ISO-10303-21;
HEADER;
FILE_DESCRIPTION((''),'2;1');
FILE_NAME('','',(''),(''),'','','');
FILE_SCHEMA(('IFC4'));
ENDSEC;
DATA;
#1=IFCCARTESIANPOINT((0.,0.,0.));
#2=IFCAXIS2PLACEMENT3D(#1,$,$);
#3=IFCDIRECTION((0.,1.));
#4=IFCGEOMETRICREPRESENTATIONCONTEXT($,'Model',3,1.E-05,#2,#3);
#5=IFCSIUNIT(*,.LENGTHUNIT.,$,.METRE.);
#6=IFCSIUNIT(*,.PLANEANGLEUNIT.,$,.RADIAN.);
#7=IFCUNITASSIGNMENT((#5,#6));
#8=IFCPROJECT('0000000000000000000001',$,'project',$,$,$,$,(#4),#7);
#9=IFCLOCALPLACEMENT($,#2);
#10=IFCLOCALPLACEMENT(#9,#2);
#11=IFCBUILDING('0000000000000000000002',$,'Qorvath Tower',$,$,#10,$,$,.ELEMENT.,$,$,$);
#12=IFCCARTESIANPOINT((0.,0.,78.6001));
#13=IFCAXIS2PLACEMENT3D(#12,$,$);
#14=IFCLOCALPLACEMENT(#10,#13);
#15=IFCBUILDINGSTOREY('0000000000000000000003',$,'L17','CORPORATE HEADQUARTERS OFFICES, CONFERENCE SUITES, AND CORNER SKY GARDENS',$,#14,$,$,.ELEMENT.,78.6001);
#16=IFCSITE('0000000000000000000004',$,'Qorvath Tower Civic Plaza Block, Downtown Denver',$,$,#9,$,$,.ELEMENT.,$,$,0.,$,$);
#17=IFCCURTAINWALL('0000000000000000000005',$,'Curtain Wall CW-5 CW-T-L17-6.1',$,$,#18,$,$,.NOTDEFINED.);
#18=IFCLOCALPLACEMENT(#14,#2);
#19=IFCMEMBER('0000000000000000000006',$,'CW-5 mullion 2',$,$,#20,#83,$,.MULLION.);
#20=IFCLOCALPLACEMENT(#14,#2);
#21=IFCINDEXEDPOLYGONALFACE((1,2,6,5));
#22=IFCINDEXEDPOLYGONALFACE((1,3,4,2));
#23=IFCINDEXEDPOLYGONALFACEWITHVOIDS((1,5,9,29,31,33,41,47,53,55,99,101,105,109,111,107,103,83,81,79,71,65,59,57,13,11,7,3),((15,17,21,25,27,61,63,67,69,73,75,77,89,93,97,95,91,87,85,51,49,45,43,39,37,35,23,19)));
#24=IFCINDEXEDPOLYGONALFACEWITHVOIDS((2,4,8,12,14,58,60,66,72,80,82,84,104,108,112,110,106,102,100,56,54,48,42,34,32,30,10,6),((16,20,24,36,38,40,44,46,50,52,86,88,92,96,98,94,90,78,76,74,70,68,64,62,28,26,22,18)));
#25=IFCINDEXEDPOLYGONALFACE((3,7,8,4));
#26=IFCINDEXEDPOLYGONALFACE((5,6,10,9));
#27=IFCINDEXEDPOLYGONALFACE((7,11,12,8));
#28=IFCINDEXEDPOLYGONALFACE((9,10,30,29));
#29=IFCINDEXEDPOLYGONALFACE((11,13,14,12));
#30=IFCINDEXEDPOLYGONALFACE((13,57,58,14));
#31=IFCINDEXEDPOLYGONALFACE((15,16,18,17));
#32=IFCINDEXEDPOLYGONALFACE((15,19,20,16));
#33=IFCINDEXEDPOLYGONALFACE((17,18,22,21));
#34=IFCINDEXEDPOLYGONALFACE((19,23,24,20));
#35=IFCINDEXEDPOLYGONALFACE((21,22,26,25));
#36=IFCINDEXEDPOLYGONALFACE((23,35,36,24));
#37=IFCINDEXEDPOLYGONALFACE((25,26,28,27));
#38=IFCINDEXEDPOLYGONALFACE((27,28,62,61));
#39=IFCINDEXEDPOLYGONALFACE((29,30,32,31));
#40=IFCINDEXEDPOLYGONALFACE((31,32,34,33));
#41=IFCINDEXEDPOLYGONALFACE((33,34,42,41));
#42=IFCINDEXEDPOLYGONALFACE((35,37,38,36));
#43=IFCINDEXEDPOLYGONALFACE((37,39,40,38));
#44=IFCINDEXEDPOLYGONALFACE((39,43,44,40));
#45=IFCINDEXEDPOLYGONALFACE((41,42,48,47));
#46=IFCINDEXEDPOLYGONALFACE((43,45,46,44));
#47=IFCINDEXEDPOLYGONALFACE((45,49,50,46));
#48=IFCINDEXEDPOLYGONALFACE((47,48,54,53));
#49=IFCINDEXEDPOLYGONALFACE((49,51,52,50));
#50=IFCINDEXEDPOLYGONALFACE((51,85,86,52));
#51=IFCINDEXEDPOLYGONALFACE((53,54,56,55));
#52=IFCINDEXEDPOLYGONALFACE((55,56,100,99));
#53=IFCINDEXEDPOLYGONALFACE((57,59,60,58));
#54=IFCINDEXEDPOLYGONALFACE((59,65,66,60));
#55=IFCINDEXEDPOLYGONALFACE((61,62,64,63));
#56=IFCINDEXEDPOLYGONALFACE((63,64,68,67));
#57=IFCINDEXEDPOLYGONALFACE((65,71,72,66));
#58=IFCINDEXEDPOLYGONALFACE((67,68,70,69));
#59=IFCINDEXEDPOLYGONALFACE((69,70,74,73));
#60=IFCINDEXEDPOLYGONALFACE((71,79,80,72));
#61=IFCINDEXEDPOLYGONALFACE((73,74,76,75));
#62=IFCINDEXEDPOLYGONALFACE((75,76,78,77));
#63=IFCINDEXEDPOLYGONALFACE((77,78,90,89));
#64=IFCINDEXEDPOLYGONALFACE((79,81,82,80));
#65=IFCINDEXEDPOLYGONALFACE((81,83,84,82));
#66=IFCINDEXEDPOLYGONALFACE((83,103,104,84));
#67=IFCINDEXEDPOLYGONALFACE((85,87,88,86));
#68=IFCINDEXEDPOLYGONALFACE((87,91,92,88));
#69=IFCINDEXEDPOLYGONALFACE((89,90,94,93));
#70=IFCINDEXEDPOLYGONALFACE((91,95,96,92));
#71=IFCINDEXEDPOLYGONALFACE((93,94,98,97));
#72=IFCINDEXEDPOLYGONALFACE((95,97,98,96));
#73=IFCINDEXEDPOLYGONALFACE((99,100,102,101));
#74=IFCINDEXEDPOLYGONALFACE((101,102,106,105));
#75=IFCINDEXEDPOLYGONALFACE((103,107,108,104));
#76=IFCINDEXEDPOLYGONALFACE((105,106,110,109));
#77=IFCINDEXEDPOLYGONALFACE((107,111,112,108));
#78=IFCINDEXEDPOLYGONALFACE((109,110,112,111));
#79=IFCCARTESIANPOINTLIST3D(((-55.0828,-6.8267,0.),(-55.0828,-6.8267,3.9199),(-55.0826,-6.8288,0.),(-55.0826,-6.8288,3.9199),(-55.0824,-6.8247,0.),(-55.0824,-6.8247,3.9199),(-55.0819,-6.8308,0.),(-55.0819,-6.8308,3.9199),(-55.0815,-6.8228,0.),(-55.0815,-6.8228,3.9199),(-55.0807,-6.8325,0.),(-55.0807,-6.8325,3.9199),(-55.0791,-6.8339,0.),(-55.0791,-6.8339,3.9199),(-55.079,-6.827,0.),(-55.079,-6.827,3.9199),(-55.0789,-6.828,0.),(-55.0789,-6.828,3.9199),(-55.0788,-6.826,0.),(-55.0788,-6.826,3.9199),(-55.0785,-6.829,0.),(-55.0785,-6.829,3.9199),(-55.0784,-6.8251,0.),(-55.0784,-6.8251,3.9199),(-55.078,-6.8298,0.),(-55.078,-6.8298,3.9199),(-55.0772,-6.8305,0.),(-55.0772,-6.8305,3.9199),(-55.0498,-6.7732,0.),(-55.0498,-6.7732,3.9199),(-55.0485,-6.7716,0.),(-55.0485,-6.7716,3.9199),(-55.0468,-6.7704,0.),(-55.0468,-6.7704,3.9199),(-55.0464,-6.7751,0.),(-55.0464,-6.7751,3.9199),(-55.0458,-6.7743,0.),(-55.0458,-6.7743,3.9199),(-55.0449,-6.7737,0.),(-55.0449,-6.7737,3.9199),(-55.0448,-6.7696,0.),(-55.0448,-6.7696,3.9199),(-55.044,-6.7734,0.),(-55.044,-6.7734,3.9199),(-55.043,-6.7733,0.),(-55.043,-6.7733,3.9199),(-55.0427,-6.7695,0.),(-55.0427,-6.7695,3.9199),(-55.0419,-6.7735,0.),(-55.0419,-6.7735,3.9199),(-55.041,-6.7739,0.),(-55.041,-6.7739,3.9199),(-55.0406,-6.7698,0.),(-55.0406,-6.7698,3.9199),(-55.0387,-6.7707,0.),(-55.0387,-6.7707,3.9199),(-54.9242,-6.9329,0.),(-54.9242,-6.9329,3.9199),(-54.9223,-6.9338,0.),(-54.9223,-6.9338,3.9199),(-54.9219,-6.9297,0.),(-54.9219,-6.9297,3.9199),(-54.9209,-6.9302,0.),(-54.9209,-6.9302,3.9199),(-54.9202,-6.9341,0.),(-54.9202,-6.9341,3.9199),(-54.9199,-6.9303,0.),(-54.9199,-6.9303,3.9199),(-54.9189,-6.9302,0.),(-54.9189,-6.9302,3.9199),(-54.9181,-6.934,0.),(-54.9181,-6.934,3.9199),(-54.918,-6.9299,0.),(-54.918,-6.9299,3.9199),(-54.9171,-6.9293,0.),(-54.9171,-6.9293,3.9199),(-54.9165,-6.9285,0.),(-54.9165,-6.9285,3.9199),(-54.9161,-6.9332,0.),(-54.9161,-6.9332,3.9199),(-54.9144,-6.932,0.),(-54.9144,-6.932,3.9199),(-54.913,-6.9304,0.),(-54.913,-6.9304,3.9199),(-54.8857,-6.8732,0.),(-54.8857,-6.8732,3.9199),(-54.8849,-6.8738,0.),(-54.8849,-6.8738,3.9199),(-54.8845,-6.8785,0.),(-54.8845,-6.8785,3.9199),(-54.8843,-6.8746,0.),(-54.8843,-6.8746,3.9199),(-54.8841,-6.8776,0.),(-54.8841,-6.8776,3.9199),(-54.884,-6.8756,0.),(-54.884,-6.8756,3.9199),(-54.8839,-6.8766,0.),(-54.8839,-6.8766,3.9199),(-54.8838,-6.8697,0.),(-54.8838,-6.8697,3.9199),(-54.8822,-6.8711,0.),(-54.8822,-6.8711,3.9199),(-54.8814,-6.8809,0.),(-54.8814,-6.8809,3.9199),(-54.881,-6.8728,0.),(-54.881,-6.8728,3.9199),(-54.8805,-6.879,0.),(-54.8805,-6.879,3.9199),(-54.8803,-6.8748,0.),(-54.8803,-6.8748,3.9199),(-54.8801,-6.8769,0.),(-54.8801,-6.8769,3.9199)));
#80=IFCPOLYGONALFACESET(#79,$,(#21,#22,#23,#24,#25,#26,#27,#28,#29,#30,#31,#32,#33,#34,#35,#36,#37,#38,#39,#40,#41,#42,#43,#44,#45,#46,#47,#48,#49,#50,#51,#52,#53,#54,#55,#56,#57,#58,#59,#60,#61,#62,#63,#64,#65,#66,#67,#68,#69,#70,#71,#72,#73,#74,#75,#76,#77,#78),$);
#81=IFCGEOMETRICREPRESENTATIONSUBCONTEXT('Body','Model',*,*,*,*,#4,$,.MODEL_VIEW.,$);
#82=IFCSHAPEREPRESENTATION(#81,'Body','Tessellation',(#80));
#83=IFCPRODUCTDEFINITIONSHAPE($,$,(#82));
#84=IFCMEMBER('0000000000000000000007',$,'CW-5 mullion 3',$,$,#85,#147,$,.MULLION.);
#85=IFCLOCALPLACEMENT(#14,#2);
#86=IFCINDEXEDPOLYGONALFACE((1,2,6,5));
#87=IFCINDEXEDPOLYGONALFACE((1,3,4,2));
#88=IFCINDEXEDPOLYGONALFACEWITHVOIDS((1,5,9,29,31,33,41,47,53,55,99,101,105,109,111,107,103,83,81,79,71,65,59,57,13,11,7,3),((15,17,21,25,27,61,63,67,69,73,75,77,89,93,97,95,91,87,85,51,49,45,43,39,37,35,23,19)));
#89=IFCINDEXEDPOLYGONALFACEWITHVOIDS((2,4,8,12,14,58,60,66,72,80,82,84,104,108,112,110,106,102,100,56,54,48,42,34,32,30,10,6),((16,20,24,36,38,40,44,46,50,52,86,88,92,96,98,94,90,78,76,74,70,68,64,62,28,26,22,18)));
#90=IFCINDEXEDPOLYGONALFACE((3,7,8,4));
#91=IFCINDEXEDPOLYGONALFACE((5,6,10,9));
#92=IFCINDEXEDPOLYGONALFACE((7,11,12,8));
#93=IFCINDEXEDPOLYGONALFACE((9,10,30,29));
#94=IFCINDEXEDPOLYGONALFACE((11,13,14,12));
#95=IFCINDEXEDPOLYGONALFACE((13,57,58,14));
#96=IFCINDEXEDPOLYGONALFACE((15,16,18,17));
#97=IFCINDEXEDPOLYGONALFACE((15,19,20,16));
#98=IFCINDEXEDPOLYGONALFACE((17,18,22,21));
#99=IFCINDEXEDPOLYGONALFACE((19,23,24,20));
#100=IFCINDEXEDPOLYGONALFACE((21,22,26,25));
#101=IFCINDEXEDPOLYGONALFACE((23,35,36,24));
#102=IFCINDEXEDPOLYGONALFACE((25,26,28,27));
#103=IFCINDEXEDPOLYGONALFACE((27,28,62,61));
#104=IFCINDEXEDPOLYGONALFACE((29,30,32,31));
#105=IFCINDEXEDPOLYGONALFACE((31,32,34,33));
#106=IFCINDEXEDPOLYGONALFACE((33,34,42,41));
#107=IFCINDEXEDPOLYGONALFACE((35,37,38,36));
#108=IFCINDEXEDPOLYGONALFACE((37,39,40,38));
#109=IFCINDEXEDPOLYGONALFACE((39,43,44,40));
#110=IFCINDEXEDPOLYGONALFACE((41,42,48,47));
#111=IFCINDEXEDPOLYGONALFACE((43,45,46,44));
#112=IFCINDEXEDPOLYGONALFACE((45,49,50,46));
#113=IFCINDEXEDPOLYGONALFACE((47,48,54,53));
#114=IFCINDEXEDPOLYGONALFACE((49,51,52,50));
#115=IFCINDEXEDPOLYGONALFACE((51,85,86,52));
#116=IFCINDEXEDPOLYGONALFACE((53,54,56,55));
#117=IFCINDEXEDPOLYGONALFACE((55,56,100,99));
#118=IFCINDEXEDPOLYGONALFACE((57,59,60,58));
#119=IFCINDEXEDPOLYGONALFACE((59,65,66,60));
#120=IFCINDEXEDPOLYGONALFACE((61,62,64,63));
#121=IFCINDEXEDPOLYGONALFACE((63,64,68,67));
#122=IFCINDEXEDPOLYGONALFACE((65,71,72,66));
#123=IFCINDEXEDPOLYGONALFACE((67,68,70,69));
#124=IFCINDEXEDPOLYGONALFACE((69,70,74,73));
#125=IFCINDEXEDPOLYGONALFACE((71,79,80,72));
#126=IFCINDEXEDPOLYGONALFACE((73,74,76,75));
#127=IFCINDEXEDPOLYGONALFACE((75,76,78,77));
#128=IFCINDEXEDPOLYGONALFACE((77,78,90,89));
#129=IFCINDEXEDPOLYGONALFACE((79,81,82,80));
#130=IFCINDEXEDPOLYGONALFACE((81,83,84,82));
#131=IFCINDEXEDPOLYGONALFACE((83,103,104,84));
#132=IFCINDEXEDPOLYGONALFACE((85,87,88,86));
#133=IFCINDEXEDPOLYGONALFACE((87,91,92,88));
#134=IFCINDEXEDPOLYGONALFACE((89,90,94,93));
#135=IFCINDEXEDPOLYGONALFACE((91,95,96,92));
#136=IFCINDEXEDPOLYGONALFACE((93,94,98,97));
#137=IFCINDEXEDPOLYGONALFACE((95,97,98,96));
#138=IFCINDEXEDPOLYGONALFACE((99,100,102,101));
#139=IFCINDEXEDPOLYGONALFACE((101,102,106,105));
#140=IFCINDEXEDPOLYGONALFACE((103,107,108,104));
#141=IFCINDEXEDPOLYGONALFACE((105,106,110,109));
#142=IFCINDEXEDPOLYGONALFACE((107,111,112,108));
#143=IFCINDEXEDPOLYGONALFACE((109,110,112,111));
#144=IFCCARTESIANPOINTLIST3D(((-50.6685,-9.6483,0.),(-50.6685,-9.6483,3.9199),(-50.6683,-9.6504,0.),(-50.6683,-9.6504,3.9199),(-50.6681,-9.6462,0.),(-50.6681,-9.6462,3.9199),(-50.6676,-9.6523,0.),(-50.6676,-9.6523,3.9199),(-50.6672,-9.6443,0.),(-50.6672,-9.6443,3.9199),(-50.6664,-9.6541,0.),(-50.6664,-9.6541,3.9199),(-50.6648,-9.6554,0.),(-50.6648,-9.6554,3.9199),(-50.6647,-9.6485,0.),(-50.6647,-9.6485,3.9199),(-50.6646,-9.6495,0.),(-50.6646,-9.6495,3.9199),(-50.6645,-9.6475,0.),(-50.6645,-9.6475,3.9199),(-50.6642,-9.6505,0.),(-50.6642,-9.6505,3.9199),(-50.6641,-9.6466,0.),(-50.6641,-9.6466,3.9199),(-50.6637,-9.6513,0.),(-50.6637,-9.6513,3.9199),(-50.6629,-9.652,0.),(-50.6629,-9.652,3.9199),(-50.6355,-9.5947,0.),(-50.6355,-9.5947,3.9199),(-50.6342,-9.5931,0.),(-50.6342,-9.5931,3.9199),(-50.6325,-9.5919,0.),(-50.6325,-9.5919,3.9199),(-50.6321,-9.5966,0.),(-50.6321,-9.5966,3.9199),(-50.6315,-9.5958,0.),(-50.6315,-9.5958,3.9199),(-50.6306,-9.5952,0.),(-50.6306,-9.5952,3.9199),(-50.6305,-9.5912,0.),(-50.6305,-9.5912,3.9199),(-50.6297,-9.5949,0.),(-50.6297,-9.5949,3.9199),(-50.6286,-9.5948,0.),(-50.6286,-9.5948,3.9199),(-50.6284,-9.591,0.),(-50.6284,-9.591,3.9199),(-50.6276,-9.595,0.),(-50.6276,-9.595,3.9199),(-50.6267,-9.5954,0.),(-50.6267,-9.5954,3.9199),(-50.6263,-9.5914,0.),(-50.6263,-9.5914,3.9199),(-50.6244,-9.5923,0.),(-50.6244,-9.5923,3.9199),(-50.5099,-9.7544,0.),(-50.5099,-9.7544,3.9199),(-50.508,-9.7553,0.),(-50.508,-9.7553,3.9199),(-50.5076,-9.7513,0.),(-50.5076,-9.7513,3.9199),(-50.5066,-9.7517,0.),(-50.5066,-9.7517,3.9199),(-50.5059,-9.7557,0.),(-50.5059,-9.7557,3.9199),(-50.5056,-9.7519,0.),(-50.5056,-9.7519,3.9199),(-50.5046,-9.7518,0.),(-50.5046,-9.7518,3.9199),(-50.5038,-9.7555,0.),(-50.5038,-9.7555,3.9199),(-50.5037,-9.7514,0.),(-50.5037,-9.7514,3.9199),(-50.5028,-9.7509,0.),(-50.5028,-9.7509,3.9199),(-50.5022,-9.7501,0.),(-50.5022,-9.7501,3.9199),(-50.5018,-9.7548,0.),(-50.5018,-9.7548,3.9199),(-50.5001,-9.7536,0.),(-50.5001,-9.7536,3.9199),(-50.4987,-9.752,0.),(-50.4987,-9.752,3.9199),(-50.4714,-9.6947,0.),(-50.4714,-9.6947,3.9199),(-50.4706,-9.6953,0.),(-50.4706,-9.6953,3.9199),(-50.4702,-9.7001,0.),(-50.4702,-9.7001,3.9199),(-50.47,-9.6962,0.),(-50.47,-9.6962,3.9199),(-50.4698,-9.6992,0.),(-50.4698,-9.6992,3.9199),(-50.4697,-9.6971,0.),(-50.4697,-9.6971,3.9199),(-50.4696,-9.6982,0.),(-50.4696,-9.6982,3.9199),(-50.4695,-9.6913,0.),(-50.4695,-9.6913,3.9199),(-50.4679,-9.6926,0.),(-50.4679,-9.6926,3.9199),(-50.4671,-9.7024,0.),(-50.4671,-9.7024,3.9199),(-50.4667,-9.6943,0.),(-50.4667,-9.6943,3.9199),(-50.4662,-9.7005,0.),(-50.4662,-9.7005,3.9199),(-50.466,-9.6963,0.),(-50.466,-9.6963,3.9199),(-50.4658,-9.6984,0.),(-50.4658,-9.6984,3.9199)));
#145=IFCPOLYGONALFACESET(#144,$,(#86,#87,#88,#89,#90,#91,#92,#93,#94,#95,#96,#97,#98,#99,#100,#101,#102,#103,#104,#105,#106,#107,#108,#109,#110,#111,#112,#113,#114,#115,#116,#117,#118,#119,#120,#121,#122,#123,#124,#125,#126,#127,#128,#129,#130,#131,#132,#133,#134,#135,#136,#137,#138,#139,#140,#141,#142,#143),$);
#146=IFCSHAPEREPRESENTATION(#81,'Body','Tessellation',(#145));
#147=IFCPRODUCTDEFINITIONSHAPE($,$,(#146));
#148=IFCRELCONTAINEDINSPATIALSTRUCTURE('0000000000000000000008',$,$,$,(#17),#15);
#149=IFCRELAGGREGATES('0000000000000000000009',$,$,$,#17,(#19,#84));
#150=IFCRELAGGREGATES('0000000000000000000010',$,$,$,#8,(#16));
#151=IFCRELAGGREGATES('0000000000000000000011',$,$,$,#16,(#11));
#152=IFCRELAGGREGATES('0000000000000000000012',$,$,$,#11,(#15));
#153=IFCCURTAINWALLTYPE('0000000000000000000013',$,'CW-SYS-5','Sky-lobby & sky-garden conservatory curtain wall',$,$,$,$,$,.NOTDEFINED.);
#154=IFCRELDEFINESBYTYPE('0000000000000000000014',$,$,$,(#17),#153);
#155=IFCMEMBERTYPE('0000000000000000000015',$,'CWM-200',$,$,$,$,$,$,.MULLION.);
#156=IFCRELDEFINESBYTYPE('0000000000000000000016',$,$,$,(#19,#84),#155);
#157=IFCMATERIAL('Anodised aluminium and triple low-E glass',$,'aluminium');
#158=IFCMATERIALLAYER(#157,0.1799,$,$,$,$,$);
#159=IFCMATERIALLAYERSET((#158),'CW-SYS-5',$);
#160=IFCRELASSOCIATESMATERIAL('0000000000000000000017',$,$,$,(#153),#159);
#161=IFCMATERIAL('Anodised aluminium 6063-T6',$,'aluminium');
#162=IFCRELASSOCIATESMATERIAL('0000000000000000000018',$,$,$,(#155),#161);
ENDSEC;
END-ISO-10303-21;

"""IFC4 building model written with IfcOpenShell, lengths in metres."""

from ifc_helpers import new_model, si_unit, direction, frame, origin, origin_2d, place, context, subcontext, project, spatial, hollow_rectangle, extrude, material, layer, layer_set, material_profile, profile_set, type_object, element, aggregate, save


model = new_model("IFC4")

# Units and contexts
model_context = context("Model", 3, precision=1e-05, world=origin(), true_north=direction((0.0, 1.0)))
body_context = subcontext(model_context, "Body", "Model", "MODEL_VIEW")
ifc_project = project(units=[si_unit("LENGTHUNIT", "METRE"), si_unit("PLANEANGLEUNIT", "RADIAN")], contexts=[model_context])

# Site, building, storey
site_placement = place(None, origin())
site = spatial("IfcSite", under=ifc_project, at=site_placement, Name="Qorvath Tower Civic Plaza Block, Downtown Denver", CompositionType="ELEMENT", RefElevation=0.0)
building_placement = place(site_placement, origin())
building = spatial("IfcBuilding", under=site, at=building_placement, Name="Qorvath Tower", CompositionType="ELEMENT")
storey_placement = place(building_placement, frame((0.0, 0.0, 78.6001)))
storey = spatial("IfcBuildingStorey", under=building, at=storey_placement, Name="L17", Description="CORPORATE HEADQUARTERS OFFICES, CONFERENCE SUITES, AND CORNER SKY GARDENS", CompositionType="ELEMENT", Elevation=78.6001)

# Shared definitions
ifc_material_1 = material(Name="Anodised aluminium and triple low-E glass", Category="aluminium")
ifc_layer_1 = layer(ifc_material_1, 0.1799)
ifc_layer_set_1 = layer_set([ifc_layer_1], Name="CW-SYS-5")
curtain_wall_type = type_object("IfcCurtainWallType", Name="CW-SYS-5", Description="Sky-lobby & sky-garden conservatory curtain wall", PredefinedType="NOTDEFINED", material=ifc_layer_set_1)
ifc_material_2 = material(Name="Anodised aluminium 6063-T6", Category="aluminium")
ifc_material_profile_1 = material_profile(ifc_material_2, hollow_rectangle(XDim=0.075, YDim=0.2, WallThickness=0.0039, InnerFilletRadius=0.0039, OuterFilletRadius=0.0081, at=origin_2d()), Name="CWM 200x75")
ifc_profile_set_1 = profile_set([ifc_material_profile_1], Name="Anodised aluminium 6063-T6")
member_type_1 = type_object("IfcMemberType", Name="CWM-200", PredefinedType="MULLION", material=ifc_profile_set_1)

# Curtain wall, members
curtain_wall_1_placement = place(storey_placement, origin())
curtain_wall_1 = element("IfcCurtainWall", 1, at=curtain_wall_1_placement, inside=storey, type_object=curtain_wall_type, Name="Curtain Wall CW-5 CW-T-L17-6.1", PredefinedType="NOTDEFINED")
member_1_placement = place(storey_placement, frame((-54.9814, -6.8518, 0.0), z_axis=(0.0, 0.0, 1.0), x_axis=(0.538533, 0.842604, 0.0)))
member_1 = element("IfcMember", 2, at=member_1_placement, type_object=member_type_1, Name="CW-5 mullion 2", PredefinedType="MULLION", context=body_context, shape_type="SweptSolid", body=[
    extrude(hollow_rectangle(XDim=0.075, YDim=0.2, WallThickness=0.0039, InnerFilletRadius=0.0039, OuterFilletRadius=0.0081, at=origin_2d()), origin(), (0.0, 0.0, 1.0), 3.9199),
])
member_2_placement = place(storey_placement, frame((-50.5671, -9.6733, 0.0), z_axis=(0.0, 0.0, 1.0), x_axis=(0.538533, 0.842604, 0.0)))
member_2 = element("IfcMember", 3, at=member_2_placement, type_object=member_type_1, Name="CW-5 mullion 3", PredefinedType="MULLION", context=body_context, shape_type="SweptSolid", body=[
    extrude(hollow_rectangle(XDim=0.075, YDim=0.2, WallThickness=0.0039, InnerFilletRadius=0.0039, OuterFilletRadius=0.0081, at=origin_2d()), origin(), (0.0, 0.0, 1.0), 3.9199),
])

aggregate(curtain_wall_1, [member_1, member_2])

save(model, "model.ifc")
